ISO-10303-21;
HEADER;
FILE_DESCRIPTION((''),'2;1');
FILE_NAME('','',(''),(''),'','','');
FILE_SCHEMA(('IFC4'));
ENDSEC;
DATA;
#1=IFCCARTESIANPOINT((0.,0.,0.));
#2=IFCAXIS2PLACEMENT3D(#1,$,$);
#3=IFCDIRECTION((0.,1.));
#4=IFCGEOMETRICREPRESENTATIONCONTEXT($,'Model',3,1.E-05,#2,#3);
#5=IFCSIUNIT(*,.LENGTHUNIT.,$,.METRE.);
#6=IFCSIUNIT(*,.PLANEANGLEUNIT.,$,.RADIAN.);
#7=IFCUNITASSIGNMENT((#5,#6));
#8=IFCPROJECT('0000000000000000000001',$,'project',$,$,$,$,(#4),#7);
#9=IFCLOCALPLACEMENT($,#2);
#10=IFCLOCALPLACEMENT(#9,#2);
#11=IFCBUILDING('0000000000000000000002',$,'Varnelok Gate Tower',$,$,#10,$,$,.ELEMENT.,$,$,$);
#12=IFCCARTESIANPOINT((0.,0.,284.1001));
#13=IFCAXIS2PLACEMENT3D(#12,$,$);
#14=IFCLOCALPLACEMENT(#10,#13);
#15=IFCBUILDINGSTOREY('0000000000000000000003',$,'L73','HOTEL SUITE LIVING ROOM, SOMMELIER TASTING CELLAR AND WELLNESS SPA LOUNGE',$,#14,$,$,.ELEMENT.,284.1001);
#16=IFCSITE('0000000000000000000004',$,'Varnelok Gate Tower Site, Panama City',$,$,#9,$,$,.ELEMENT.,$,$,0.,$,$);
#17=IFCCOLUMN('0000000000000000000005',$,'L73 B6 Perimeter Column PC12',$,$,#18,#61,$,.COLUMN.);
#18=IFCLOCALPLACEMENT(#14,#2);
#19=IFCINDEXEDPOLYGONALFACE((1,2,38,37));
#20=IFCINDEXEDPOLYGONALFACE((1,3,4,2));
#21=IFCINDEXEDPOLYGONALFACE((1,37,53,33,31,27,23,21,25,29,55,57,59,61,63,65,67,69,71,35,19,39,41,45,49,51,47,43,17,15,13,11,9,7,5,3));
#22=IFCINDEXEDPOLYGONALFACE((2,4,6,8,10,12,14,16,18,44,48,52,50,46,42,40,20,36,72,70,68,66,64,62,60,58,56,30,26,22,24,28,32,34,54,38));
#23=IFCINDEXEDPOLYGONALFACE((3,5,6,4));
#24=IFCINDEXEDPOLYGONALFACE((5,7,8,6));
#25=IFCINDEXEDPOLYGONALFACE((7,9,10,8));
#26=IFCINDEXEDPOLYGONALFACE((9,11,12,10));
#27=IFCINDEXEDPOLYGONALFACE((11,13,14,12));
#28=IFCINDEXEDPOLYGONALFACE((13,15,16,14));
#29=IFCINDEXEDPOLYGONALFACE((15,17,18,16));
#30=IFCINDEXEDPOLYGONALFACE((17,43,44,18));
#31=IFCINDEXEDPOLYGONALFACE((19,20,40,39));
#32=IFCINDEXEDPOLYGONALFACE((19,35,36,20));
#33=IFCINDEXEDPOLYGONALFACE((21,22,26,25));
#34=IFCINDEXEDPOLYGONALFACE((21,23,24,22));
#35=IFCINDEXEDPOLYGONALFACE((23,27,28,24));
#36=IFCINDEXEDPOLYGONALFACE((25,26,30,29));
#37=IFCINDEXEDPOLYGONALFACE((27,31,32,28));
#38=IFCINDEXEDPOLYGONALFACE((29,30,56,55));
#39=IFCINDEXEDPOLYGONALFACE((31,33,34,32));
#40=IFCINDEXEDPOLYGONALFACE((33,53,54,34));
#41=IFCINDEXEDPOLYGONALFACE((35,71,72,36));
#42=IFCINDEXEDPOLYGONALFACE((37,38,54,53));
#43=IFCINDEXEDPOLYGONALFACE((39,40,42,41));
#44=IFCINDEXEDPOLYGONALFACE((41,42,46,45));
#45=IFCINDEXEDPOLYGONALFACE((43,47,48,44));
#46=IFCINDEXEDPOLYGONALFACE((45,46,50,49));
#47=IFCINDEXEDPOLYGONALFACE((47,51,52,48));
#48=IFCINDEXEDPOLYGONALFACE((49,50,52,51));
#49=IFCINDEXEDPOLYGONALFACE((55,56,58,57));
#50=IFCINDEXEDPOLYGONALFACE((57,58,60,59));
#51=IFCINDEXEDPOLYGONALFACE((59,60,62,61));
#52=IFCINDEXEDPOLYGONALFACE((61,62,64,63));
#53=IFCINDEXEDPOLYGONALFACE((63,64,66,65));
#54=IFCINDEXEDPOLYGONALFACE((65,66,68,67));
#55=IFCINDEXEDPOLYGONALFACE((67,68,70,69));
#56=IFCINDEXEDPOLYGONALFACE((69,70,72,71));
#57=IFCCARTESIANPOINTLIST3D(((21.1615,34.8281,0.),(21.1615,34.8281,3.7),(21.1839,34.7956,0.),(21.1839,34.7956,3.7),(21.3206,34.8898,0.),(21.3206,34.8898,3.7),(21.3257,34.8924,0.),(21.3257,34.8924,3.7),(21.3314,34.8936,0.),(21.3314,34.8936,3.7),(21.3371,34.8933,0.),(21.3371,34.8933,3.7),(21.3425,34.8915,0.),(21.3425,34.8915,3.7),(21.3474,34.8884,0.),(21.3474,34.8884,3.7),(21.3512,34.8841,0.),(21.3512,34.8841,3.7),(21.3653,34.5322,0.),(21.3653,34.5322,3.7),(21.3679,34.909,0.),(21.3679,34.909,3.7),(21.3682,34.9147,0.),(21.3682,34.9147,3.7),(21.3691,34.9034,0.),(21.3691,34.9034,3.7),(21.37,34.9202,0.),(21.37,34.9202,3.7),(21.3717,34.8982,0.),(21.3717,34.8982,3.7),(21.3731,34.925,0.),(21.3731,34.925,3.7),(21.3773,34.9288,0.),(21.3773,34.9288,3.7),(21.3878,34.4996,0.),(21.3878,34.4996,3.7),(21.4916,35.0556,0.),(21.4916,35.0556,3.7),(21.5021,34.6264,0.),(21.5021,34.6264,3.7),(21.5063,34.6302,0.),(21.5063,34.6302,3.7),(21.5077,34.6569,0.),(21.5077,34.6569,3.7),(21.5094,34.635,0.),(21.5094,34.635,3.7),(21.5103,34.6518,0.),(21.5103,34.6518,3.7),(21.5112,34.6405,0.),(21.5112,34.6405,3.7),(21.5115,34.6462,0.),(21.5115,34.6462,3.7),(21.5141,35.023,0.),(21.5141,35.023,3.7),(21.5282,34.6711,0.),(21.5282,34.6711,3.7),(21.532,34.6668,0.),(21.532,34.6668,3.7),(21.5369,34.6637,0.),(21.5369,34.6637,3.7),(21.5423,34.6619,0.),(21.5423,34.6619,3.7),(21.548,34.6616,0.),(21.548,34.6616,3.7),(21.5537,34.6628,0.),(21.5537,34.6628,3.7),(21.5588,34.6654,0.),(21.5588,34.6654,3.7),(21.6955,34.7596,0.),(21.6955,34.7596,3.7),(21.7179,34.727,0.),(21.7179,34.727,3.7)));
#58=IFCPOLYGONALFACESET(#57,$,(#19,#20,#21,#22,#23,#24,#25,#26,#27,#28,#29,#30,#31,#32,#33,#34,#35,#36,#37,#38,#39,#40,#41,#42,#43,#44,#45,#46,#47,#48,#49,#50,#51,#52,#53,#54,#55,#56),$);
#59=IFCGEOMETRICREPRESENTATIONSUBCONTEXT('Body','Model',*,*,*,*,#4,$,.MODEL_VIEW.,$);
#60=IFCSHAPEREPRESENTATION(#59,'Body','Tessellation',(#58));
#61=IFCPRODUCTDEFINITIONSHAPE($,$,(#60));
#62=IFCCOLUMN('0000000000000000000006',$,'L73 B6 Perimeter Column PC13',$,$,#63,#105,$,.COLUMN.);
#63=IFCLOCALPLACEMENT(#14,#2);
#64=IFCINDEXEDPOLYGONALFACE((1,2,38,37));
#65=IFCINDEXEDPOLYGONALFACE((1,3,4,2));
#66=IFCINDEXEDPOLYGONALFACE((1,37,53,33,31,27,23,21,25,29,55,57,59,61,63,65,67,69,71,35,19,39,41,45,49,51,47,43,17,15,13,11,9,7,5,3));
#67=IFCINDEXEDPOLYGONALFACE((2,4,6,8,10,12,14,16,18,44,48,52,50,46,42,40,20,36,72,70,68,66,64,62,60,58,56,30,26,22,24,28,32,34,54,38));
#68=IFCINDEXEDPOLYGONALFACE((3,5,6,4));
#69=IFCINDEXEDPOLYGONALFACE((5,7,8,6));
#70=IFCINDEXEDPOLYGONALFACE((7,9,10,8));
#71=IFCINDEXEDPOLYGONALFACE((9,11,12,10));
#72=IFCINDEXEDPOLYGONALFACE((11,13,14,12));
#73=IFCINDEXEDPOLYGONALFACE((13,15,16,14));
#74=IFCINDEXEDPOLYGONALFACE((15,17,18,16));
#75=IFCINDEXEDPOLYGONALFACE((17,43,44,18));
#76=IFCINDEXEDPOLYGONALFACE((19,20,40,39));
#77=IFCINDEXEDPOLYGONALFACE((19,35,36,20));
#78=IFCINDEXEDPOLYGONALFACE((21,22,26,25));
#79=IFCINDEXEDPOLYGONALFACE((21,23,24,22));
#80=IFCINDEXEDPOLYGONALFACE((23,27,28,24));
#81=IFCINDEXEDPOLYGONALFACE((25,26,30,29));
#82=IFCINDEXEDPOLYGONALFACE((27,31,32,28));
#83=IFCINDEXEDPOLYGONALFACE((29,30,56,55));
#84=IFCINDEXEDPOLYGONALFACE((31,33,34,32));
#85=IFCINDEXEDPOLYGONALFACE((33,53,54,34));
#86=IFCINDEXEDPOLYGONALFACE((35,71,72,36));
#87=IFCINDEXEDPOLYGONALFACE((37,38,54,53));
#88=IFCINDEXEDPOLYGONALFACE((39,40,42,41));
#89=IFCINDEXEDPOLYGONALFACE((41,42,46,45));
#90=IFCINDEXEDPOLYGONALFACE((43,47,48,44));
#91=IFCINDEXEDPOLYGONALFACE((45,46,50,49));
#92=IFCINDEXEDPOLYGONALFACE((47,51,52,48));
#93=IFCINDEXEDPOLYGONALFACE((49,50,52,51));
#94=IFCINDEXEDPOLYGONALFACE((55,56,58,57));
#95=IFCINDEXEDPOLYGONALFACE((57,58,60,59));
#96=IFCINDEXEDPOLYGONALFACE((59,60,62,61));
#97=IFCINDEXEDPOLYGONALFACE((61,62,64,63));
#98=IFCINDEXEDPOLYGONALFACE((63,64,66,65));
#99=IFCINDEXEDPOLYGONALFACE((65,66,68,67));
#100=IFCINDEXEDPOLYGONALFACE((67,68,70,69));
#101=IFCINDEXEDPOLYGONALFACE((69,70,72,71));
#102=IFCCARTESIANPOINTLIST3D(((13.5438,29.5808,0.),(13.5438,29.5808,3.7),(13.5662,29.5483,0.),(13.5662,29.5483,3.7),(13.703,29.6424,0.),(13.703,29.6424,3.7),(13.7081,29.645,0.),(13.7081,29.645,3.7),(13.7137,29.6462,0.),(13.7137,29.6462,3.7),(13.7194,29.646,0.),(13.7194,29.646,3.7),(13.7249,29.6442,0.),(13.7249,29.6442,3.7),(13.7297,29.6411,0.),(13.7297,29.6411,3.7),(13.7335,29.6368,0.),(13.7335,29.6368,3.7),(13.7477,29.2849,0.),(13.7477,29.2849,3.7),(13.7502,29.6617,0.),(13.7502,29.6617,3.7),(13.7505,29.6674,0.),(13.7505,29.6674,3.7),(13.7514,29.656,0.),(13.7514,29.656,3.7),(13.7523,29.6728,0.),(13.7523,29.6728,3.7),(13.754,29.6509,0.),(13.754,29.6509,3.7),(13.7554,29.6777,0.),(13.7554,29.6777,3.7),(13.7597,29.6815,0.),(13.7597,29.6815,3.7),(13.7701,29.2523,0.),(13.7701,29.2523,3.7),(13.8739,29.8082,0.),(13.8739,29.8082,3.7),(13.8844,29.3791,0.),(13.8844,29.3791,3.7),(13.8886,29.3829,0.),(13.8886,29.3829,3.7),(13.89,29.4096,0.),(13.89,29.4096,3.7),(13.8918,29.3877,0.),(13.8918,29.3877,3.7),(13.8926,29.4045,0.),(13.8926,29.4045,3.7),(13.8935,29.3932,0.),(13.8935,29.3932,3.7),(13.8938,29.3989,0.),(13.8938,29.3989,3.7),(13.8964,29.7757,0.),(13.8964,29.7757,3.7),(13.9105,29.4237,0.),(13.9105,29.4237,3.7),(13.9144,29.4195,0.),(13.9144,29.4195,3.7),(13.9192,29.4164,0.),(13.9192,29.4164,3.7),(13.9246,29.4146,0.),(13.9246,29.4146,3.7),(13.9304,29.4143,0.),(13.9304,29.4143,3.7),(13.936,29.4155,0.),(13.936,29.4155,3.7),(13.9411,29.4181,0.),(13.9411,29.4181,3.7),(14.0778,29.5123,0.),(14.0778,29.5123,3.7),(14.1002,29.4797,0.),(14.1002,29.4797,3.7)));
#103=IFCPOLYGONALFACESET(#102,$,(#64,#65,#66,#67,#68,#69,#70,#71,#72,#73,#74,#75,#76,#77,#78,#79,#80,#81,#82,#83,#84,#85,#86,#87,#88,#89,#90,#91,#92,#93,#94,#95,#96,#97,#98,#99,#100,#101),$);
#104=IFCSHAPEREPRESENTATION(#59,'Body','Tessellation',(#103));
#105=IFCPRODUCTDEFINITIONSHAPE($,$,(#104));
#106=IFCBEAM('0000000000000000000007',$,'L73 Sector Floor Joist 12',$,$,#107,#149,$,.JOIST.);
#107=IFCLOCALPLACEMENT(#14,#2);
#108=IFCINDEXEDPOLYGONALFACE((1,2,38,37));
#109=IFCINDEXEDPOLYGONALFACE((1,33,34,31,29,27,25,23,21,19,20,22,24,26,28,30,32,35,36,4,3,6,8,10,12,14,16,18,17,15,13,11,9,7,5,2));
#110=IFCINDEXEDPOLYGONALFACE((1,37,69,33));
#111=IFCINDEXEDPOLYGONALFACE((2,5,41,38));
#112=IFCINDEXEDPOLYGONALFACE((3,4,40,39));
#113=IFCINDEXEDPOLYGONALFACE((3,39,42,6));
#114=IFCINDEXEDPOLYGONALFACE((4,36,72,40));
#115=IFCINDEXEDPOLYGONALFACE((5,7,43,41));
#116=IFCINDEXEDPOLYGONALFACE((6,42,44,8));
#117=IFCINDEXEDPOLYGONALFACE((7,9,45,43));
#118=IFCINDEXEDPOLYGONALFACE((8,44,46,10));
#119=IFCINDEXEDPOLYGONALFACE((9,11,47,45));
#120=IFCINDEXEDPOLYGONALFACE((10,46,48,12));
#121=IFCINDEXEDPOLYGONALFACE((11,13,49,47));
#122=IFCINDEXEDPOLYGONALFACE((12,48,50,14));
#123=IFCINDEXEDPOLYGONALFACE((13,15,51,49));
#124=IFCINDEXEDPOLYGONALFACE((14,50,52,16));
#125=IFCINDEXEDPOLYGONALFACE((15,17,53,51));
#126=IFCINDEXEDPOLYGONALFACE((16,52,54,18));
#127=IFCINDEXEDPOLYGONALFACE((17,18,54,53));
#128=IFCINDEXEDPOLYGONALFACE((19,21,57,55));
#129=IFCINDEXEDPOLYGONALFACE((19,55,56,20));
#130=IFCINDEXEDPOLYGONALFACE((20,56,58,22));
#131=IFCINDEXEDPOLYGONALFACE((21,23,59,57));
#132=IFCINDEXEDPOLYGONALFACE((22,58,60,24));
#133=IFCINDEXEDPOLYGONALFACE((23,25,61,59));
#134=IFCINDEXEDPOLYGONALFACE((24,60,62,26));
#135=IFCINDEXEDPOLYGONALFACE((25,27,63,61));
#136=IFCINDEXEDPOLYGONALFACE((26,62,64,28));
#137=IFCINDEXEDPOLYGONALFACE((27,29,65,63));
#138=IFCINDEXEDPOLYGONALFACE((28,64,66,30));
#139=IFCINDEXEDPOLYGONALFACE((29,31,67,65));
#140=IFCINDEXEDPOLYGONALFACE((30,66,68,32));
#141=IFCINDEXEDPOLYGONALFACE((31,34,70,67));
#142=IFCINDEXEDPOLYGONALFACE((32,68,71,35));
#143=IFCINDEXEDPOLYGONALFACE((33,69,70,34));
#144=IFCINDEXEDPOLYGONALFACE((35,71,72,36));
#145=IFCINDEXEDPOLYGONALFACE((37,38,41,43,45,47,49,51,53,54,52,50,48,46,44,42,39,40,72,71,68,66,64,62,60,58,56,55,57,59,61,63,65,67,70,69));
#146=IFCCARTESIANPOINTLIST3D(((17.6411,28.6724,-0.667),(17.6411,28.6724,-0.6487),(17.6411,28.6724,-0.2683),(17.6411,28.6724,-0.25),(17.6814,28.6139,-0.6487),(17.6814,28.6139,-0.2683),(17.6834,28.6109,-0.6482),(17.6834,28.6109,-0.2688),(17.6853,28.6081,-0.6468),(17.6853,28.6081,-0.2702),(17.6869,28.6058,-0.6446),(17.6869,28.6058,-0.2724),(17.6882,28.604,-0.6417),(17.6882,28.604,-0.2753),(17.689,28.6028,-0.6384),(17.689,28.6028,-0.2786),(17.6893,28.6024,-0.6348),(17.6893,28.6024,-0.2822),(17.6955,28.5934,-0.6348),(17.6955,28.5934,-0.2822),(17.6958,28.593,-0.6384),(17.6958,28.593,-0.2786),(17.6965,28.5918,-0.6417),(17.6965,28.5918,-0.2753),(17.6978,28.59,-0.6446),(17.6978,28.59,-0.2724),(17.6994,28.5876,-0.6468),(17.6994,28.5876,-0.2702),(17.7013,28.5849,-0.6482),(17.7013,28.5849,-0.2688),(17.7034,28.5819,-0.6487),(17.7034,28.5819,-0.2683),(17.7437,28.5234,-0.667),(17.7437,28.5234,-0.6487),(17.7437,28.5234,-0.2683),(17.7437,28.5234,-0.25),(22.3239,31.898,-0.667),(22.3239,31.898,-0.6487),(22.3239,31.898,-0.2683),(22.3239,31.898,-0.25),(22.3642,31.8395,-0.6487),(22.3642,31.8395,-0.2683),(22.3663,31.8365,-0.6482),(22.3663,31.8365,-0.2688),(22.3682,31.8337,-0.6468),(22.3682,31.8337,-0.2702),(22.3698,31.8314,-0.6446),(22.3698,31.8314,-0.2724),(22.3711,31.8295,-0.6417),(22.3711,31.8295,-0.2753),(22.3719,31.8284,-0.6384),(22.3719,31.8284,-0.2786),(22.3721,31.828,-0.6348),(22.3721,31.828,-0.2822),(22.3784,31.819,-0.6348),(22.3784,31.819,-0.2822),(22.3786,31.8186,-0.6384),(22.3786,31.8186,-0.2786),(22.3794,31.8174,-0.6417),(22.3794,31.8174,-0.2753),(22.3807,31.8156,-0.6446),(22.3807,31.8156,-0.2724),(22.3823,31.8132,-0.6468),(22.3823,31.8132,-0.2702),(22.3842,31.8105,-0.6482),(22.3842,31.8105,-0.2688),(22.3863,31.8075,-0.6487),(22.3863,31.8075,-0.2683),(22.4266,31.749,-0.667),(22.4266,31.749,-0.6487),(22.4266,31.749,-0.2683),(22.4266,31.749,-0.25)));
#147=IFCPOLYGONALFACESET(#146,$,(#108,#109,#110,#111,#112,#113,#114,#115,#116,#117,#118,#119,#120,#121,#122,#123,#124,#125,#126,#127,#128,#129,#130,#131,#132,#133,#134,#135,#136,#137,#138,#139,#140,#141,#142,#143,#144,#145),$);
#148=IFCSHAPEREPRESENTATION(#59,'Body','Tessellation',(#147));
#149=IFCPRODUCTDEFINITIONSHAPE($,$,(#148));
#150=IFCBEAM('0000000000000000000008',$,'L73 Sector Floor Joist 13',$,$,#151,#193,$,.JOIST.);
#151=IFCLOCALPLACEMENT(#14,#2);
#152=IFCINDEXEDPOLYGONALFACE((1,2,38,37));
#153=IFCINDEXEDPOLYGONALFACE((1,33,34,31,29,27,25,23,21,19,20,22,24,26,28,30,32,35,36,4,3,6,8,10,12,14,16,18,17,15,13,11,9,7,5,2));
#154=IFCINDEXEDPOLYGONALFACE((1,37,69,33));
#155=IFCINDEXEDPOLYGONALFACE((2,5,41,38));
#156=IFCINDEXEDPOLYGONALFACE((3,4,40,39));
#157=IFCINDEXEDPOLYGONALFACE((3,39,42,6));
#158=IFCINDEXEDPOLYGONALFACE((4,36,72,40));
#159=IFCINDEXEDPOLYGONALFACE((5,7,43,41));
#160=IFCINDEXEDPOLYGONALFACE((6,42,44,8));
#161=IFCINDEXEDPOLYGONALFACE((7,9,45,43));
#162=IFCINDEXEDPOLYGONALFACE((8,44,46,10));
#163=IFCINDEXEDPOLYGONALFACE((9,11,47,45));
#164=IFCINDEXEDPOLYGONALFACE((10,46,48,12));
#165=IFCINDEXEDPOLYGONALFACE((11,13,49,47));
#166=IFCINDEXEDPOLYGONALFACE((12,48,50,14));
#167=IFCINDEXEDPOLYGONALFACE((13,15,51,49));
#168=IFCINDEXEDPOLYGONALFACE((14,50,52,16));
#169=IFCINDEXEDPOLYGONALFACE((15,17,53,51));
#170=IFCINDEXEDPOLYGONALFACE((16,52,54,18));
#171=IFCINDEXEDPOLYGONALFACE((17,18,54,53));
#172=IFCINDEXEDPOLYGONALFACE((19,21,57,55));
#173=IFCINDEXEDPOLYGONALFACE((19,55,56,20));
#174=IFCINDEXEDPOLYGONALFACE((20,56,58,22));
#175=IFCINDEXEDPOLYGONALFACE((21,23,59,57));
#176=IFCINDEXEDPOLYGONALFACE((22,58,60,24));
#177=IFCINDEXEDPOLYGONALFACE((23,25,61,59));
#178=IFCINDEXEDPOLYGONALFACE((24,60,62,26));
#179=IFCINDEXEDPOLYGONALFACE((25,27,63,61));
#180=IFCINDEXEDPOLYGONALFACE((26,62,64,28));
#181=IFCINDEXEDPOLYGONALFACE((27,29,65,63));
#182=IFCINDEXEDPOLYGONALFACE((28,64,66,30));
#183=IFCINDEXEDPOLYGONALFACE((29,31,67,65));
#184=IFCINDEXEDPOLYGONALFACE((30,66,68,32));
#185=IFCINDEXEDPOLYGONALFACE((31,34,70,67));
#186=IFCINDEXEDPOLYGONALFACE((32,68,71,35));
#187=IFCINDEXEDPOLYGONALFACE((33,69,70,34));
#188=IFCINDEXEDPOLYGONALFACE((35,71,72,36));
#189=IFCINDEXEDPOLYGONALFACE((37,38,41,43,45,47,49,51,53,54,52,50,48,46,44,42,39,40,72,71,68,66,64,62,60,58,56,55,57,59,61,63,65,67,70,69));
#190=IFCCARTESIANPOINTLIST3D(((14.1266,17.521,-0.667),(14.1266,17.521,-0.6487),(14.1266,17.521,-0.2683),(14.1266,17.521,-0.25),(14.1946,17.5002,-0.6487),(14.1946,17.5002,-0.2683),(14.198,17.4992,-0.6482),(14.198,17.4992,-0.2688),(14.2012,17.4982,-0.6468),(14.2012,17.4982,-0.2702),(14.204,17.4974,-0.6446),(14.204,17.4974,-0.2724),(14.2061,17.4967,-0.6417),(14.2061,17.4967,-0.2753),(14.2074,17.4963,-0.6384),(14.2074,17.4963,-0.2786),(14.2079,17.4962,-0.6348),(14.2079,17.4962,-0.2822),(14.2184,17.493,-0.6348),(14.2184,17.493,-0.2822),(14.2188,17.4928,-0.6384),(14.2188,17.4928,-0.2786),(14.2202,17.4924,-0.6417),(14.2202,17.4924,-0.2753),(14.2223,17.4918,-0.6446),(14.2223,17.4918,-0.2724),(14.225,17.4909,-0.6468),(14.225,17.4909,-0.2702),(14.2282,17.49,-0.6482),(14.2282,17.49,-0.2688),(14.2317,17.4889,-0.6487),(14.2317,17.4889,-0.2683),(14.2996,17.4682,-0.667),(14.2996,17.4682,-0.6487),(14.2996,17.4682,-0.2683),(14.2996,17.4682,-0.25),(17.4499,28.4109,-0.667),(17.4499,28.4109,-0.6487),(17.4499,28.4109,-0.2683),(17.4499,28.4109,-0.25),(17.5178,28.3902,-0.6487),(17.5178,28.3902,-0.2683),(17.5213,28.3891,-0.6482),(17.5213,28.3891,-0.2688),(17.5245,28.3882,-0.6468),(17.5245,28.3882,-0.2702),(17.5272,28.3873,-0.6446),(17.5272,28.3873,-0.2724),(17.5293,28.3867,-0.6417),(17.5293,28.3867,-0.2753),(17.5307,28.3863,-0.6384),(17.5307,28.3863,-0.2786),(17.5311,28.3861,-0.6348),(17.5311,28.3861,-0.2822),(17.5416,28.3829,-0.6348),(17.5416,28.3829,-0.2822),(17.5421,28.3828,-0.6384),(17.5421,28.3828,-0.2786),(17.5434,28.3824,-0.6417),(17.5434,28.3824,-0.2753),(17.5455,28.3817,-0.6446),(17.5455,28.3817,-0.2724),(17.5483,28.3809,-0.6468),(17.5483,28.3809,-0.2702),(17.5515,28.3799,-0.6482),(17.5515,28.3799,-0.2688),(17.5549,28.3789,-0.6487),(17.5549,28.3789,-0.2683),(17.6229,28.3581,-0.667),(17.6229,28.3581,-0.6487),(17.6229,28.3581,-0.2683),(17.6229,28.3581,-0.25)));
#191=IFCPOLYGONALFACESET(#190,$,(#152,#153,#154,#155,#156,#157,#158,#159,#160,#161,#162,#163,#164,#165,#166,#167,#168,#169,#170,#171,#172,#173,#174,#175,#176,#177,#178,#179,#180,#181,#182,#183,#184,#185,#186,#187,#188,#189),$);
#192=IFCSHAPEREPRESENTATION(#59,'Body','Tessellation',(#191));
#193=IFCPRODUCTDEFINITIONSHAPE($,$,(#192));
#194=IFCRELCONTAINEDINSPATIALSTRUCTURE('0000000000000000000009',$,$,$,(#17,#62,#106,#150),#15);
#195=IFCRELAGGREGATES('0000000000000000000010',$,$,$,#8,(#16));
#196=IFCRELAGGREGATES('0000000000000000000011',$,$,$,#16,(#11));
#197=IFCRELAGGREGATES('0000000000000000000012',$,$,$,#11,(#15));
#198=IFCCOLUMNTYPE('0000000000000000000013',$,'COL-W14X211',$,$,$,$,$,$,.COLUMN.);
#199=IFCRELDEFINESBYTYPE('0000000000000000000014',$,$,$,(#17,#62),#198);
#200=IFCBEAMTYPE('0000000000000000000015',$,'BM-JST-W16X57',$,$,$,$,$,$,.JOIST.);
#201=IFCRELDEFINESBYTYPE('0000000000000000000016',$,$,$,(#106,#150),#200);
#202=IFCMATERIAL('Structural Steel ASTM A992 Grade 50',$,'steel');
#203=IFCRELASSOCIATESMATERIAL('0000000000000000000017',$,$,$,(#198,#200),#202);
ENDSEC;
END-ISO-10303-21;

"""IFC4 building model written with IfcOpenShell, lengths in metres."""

from ifc_helpers import new_model, si_unit, direction, frame, origin, origin_2d, place, context, subcontext, project, spatial, i_section, extrude, material, material_profile, profile_set, type_object, element, save


model = new_model("IFC4")

# Units and contexts
model_context = context("Model", 3, precision=1e-05, world=origin(), true_north=direction((0.0, 1.0)))
body_context = subcontext(model_context, "Body", "Model", "MODEL_VIEW")
ifc_project = project(units=[si_unit("LENGTHUNIT", "METRE"), si_unit("PLANEANGLEUNIT", "RADIAN")], contexts=[model_context])

# Site, building, storey
site_placement = place(None, origin())
site = spatial("IfcSite", under=ifc_project, at=site_placement, Name="Varnelok Gate Tower Site, Panama City", CompositionType="ELEMENT", RefElevation=0.0)
building_placement = place(site_placement, origin())
building = spatial("IfcBuilding", under=site, at=building_placement, Name="Varnelok Gate Tower", CompositionType="ELEMENT")
storey_placement = place(building_placement, frame((0.0, 0.0, 284.1001)))
storey = spatial("IfcBuildingStorey", under=building, at=storey_placement, Name="L73", Description="HOTEL SUITE LIVING ROOM, SOMMELIER TASTING CELLAR AND WELLNESS SPA LOUNGE", CompositionType="ELEMENT", Elevation=284.1001)

# Columns
ifc_material_1 = material(Name="Structural Steel ASTM A992 Grade 50", Category="steel")
ifc_material_profile_1 = material_profile(ifc_material_1, i_section(OverallWidth=0.4009, OverallDepth=0.3989, WebThickness=0.0249, FlangeThickness=0.0396, FilletRadius=0.022, at=origin_2d()), Name="W14X211")
ifc_profile_set_1 = profile_set([ifc_material_profile_1], Name="Structural Steel ASTM A992 Grade 50")
column_type = type_object("IfcColumnType", Name="COL-W14X211", PredefinedType="COLUMN", material=ifc_profile_set_1)
for number, where, z_axis, x_axis, name in (
    (1, (21.4397, 34.7776, 0.0), (0.0, 0.0, 1.0), (0.823533, 0.567269, 0.0), "L73 B6 Perimeter Column PC12"),
    (2, (13.822, 29.5303, 0.0), (0.0, 0.0, 1.0), (0.823533, 0.567269, 0.0), "L73 B6 Perimeter Column PC13"),
):
    element("IfcColumn", number, at=place(storey_placement, frame(where, z_axis=z_axis, x_axis=x_axis)), inside=storey, type_object=column_type, Name=name, PredefinedType="COLUMN", context=body_context, shape_type="SweptSolid", body=[
        extrude(i_section(OverallWidth=0.4009, OverallDepth=0.3989, WebThickness=0.0249, FlangeThickness=0.0396, FilletRadius=0.022, at=origin_2d()), origin(), (0.0, 0.0, 1.0), 3.7),
    ])

# Beams
ifc_material_profile_2 = material_profile(ifc_material_1, i_section(OverallWidth=0.1809, OverallDepth=0.417, WebThickness=0.011, FlangeThickness=0.0183, FilletRadius=0.0139, at=origin_2d()), Name="W16X57")
ifc_profile_set_2 = profile_set([ifc_material_profile_2], Name="Structural Steel ASTM A992 Grade 50")
beam_type_1 = type_object("IfcBeamType", Name="BM-JST-W16X57", PredefinedType="JOIST", material=ifc_profile_set_2)
beam_1_placement = place(storey_placement, frame((22.3752, 31.8235, -0.4585), z_axis=(-0.823539, -0.567259, 0.0), x_axis=(0.567259, -0.823539, 0.0)))
element("IfcBeam", 3, at=beam_1_placement, inside=storey, type_object=beam_type_1, Name="L73 Sector Floor Joist 12", PredefinedType="JOIST", context=body_context, shape_type="SweptSolid", body=[
    extrude(i_section(OverallWidth=0.1809, OverallDepth=0.417, WebThickness=0.011, FlangeThickness=0.0183, FilletRadius=0.0139, at=origin_2d()), origin(), (0.0, 0.0, 1.0), 5.6863),
])
beam_2_placement = place(storey_placement, frame((17.5364, 28.3845, -0.4585), z_axis=(-0.291879, -0.956455, 0.0), x_axis=(0.956455, -0.291879, 0.0)))
element("IfcBeam", 4, at=beam_2_placement, inside=storey, type_object=beam_type_1, Name="L73 Sector Floor Joist 13", PredefinedType="JOIST", context=body_context, shape_type="SweptSolid", body=[
    extrude(i_section(OverallWidth=0.1809, OverallDepth=0.417, WebThickness=0.011, FlangeThickness=0.0183, FilletRadius=0.0139, at=origin_2d()), origin(), (0.0, 0.0, 1.0), 11.3857),
])

save(model, "model.ifc")
